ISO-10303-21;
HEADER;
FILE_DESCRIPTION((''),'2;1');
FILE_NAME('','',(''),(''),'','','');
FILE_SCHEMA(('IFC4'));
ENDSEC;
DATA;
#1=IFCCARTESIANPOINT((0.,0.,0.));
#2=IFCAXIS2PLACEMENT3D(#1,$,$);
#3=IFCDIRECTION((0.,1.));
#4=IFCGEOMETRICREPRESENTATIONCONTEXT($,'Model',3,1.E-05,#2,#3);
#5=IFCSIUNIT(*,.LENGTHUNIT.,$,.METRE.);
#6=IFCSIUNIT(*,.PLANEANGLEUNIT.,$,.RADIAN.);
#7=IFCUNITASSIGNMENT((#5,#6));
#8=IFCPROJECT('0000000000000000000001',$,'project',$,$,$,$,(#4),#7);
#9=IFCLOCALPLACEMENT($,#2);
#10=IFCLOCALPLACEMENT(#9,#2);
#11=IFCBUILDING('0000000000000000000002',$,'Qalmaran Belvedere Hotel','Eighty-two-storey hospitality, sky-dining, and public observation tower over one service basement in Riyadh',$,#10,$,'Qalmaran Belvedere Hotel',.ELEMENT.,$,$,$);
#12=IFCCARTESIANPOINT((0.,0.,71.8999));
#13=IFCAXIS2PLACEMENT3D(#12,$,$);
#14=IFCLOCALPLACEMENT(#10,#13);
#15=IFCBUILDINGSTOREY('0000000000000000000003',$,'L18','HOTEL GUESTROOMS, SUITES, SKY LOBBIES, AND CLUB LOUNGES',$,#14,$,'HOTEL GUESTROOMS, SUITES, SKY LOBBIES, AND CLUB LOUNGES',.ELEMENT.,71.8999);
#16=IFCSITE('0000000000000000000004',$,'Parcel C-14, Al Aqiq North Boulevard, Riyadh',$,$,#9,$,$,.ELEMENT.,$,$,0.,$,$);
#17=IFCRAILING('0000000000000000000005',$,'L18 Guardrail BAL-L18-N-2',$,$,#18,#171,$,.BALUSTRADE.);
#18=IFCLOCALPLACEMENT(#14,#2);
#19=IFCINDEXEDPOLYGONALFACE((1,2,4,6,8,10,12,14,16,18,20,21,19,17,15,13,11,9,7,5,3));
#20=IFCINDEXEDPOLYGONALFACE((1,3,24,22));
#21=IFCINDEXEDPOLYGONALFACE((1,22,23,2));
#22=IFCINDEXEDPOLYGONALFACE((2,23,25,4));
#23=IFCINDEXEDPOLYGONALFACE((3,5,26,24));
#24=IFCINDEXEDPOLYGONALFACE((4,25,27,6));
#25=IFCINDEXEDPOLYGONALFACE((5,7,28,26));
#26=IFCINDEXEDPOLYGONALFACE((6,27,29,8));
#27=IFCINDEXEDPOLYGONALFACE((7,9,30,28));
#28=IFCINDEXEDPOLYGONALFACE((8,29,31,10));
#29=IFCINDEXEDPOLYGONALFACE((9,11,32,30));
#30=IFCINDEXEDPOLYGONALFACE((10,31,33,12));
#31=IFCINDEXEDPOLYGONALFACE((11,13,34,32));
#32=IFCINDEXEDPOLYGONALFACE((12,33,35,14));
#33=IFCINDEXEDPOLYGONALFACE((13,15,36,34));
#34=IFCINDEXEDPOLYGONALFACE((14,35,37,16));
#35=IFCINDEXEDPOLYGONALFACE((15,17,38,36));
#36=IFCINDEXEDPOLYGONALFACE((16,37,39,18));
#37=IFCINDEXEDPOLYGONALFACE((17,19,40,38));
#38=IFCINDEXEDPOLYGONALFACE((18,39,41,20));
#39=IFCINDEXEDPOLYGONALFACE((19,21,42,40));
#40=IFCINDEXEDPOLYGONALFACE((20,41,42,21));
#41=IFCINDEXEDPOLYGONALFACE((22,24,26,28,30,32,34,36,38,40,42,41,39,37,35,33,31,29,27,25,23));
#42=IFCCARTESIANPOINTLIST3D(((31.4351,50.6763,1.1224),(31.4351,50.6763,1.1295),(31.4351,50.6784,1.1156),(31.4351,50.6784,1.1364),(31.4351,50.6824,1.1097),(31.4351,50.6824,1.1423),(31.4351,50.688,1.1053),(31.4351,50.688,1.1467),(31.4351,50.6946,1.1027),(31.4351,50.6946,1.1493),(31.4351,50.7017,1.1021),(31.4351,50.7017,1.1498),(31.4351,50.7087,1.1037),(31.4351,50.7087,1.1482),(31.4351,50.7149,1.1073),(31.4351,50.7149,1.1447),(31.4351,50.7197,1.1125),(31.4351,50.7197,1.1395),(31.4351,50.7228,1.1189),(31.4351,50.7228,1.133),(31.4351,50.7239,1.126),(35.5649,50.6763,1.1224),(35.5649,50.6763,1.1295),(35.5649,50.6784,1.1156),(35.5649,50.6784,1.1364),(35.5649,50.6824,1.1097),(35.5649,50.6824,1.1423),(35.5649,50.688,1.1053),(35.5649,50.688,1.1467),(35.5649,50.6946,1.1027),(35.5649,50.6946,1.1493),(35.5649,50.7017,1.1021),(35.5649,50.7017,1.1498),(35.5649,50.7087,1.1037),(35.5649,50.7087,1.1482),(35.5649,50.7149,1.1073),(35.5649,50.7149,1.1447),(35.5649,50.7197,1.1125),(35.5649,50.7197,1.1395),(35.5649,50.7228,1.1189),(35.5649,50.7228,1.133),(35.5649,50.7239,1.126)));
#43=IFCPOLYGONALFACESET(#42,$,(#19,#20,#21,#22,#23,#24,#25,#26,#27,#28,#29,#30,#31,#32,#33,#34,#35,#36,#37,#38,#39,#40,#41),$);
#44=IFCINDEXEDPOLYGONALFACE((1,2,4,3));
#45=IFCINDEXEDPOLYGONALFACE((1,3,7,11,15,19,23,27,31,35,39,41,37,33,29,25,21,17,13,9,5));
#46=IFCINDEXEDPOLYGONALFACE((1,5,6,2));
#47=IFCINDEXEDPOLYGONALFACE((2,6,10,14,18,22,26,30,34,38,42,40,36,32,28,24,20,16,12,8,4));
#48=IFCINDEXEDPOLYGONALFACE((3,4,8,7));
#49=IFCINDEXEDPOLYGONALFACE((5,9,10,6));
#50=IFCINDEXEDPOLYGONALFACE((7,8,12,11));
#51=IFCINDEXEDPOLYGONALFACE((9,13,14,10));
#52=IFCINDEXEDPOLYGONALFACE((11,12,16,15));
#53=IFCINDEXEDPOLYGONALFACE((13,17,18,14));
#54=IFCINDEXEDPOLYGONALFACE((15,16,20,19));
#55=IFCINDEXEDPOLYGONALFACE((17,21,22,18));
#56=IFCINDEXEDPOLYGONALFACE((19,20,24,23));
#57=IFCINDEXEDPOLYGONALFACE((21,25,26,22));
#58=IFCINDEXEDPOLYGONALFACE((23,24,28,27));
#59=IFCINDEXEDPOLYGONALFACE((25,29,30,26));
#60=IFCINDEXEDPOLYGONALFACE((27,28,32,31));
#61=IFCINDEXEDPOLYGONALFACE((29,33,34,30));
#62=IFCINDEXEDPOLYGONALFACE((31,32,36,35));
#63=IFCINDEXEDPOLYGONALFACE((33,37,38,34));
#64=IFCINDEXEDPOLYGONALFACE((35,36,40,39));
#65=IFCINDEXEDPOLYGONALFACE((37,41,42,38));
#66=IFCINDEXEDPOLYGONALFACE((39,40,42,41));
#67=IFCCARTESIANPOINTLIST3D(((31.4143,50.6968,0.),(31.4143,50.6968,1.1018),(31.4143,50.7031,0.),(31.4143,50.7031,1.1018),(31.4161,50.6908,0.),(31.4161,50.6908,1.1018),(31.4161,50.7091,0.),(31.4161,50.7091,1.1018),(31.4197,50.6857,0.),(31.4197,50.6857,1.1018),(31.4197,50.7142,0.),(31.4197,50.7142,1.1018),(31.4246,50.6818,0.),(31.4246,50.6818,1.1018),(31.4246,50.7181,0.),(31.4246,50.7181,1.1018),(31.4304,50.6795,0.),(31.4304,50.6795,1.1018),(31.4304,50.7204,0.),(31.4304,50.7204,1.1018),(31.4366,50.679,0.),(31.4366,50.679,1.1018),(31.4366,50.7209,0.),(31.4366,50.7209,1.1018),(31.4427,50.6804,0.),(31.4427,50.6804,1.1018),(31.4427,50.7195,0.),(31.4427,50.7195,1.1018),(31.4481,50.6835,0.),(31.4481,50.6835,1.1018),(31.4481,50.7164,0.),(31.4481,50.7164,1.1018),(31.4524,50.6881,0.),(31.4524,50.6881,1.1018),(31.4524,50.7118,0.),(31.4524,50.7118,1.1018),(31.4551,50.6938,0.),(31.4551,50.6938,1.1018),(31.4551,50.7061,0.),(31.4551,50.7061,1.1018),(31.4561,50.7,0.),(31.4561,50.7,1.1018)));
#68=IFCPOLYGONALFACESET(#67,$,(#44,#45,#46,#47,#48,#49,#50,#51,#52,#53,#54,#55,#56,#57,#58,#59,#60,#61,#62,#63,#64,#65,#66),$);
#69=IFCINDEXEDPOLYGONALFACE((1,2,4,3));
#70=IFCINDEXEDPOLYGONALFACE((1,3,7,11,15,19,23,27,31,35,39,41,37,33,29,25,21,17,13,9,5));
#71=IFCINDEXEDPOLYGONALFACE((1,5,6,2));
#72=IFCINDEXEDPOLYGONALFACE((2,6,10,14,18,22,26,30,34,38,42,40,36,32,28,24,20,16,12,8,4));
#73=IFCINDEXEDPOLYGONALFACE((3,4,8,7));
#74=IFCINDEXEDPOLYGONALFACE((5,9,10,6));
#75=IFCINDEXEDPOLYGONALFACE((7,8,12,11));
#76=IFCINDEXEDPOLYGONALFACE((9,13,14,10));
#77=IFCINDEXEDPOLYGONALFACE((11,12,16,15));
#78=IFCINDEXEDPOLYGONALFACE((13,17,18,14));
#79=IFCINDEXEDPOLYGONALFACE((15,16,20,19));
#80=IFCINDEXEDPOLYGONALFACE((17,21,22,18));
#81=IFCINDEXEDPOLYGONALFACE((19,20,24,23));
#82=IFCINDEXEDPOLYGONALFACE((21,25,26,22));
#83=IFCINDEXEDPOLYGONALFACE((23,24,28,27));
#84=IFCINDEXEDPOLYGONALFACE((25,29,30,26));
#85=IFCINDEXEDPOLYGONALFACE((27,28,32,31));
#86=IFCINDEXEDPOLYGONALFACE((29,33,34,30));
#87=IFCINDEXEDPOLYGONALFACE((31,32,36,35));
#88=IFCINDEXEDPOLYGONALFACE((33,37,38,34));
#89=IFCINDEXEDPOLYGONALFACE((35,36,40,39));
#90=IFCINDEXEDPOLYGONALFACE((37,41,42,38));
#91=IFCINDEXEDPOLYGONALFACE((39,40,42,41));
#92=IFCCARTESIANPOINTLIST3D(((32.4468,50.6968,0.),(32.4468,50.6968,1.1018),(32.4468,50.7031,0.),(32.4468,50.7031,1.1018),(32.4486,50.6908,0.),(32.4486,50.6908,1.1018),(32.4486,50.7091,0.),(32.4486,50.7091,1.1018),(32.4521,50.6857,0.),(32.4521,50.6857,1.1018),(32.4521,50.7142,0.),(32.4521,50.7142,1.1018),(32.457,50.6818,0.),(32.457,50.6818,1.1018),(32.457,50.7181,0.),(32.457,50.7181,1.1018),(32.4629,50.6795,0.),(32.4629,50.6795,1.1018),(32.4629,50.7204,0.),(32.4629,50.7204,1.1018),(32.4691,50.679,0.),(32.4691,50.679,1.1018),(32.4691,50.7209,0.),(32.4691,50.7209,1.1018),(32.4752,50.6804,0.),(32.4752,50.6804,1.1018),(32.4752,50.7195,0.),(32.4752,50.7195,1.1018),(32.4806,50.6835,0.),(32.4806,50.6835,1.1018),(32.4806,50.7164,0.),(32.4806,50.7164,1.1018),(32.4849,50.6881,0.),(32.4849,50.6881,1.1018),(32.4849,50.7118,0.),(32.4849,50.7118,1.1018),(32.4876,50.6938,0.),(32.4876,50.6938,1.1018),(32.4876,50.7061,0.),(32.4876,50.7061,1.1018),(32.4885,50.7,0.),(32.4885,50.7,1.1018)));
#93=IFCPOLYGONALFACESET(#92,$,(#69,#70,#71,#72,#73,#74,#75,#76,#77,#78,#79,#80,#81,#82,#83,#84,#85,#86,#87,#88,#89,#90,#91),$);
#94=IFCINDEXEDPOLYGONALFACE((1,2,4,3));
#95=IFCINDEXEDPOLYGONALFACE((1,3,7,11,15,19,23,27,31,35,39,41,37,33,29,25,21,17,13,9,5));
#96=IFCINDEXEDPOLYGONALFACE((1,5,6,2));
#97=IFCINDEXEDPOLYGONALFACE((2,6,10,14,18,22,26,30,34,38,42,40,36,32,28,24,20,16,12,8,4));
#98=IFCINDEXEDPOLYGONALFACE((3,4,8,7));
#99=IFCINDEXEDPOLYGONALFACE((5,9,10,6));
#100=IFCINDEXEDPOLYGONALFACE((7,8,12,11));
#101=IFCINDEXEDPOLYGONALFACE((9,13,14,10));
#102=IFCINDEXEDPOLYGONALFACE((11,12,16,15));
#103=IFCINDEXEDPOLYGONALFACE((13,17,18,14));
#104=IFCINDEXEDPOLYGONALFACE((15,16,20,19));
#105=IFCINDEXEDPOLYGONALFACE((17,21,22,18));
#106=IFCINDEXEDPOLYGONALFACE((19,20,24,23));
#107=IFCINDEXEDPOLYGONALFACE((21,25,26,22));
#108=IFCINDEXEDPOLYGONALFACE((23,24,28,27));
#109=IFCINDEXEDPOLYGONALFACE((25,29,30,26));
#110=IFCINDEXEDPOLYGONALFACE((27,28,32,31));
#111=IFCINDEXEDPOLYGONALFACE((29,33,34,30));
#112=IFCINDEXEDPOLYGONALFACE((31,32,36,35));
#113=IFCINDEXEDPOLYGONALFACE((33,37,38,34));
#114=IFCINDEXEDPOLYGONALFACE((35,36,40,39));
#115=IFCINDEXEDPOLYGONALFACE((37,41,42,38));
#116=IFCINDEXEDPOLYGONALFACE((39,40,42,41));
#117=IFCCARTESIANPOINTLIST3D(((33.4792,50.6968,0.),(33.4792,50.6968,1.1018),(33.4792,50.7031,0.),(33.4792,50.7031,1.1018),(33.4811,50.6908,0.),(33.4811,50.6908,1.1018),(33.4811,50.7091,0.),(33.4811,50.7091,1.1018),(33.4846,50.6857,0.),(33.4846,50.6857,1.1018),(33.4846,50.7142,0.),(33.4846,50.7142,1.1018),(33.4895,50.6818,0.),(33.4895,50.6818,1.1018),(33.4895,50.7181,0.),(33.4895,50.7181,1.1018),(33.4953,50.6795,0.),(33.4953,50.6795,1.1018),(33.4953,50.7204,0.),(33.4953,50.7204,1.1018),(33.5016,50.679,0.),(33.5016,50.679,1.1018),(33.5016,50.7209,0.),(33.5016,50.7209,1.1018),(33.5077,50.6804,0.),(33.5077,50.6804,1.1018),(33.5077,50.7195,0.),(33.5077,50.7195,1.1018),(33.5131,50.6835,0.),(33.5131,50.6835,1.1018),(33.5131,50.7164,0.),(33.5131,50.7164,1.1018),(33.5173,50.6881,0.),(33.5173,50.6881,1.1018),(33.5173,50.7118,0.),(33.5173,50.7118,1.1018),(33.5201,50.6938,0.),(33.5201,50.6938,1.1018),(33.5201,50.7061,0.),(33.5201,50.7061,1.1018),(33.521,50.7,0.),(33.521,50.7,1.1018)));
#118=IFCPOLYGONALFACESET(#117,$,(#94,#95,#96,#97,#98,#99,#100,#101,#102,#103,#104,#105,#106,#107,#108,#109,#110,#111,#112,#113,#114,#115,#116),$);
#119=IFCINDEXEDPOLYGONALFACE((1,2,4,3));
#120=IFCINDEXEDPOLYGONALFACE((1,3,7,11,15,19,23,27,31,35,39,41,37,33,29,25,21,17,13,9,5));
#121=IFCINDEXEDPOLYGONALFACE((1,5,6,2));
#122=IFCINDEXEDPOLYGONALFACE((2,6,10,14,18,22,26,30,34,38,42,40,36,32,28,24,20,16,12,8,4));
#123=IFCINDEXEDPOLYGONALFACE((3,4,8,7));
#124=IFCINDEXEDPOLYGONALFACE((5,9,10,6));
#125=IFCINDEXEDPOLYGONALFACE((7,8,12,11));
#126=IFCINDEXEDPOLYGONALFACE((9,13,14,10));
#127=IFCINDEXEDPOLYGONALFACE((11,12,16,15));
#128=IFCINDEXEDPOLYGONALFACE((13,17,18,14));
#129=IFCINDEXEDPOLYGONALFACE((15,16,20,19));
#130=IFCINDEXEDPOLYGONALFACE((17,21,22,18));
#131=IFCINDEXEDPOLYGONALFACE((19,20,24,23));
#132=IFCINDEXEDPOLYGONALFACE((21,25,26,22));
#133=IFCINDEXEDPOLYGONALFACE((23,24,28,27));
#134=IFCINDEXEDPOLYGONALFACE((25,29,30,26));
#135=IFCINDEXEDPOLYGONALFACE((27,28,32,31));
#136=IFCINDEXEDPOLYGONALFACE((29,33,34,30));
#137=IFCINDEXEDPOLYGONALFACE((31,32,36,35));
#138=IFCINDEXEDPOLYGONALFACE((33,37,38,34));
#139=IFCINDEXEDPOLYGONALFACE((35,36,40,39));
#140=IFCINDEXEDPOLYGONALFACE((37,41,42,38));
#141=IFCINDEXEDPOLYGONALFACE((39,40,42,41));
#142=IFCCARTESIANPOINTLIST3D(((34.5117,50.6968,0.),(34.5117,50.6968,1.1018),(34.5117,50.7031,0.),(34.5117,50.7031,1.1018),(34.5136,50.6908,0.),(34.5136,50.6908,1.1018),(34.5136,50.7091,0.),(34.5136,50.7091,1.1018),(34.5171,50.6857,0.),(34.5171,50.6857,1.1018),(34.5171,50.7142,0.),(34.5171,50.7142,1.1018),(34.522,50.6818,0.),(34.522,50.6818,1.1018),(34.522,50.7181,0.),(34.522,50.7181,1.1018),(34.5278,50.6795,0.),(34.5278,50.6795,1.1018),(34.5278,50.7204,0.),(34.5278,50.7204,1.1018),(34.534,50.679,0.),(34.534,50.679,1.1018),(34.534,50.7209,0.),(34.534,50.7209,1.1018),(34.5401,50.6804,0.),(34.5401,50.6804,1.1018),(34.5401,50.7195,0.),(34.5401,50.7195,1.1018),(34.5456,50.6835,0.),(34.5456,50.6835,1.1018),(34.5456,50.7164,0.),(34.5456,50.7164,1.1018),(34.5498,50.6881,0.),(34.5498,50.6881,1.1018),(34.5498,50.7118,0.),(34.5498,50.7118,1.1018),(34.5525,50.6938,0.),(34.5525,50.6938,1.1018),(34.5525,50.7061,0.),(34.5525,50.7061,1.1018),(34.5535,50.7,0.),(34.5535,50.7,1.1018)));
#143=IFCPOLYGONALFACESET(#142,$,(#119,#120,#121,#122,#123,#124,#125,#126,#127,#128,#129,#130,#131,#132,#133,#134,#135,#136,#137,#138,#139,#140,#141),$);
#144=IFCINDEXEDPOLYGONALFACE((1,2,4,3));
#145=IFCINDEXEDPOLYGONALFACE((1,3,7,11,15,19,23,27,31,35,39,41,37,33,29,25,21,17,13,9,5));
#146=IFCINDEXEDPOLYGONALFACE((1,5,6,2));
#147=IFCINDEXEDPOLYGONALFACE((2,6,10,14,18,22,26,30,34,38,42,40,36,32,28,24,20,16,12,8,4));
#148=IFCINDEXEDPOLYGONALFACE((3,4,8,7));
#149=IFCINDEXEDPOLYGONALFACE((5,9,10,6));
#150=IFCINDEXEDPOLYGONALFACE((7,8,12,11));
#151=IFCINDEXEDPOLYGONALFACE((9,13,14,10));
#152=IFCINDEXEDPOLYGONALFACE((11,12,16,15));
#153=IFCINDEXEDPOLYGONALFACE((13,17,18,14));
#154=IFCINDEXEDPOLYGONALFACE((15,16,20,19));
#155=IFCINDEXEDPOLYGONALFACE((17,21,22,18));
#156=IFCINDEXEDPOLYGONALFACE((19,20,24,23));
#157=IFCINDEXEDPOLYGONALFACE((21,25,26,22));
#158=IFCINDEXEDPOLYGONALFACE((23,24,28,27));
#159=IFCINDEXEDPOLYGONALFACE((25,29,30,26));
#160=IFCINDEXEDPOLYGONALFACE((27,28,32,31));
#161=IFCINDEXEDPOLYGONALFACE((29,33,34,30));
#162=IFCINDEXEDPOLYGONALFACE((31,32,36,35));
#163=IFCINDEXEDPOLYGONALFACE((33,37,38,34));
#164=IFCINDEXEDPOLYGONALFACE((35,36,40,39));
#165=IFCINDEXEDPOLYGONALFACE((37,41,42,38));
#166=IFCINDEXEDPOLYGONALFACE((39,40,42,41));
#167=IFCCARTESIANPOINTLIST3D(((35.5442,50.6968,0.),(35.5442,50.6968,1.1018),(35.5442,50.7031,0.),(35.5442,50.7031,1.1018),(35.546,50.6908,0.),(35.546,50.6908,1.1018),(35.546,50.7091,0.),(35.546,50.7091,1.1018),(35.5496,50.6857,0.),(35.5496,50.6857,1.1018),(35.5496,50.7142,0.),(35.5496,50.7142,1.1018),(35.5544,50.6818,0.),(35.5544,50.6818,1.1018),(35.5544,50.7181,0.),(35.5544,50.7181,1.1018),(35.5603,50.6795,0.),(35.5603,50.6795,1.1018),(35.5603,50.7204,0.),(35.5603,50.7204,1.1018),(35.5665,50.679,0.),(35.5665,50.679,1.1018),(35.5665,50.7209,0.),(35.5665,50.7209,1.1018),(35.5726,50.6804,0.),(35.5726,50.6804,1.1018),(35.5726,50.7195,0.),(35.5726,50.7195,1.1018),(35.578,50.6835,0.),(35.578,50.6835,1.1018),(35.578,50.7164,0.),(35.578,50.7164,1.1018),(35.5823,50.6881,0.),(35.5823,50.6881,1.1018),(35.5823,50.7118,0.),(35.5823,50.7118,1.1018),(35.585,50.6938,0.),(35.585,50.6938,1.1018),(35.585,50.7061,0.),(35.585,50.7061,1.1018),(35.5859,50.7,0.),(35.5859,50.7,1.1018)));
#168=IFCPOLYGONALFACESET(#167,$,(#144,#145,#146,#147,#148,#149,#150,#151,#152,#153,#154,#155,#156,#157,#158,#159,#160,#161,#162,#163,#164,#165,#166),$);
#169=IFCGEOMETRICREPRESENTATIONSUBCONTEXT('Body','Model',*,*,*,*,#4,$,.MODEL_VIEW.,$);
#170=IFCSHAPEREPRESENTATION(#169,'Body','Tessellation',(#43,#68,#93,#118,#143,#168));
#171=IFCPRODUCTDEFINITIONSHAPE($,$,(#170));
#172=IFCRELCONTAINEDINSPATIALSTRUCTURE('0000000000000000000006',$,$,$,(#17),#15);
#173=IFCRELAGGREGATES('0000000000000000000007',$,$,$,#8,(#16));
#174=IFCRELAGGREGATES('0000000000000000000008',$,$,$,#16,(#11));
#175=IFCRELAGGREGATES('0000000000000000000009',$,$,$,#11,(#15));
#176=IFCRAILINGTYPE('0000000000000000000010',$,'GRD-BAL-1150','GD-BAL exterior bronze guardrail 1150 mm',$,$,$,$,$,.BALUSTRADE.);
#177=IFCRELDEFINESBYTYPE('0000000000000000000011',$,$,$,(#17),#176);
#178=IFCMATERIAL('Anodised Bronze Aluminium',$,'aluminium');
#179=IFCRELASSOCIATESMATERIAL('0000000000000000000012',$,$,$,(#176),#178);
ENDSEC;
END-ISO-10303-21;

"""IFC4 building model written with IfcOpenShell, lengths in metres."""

from ifc_helpers import new_model, si_unit, direction, frame, origin, origin_2d, place, context, subcontext, project, spatial, circle, extrude, material, type_object, element, save


model = new_model("IFC4")

# Units and contexts
model_context = context("Model", 3, precision=1e-05, world=origin(), true_north=direction((0.0, 1.0)))
body_context = subcontext(model_context, "Body", "Model", "MODEL_VIEW")
ifc_project = project(units=[si_unit("LENGTHUNIT", "METRE"), si_unit("PLANEANGLEUNIT", "RADIAN")], contexts=[model_context])

# Site, building, storey
site_placement = place(None, origin())
site = spatial("IfcSite", under=ifc_project, at=site_placement, Name="Parcel C-14, Al Aqiq North Boulevard, Riyadh", CompositionType="ELEMENT", RefElevation=0.0)
building_placement = place(site_placement, origin())
building = spatial("IfcBuilding", under=site, at=building_placement, Name="Qalmaran Belvedere Hotel", Description="Eighty-two-storey hospitality, sky-dining, and public observation tower over one service basement in Riyadh", LongName="Qalmaran Belvedere Hotel", CompositionType="ELEMENT")
storey_placement = place(building_placement, frame((0.0, 0.0, 71.8999)))
storey = spatial("IfcBuildingStorey", under=building, at=storey_placement, Name="L18", Description="HOTEL GUESTROOMS, SUITES, SKY LOBBIES, AND CLUB LOUNGES", LongName="HOTEL GUESTROOMS, SUITES, SKY LOBBIES, AND CLUB LOUNGES", CompositionType="ELEMENT", Elevation=71.8999)

# Shared definitions
ifc_material_1 = material(Name="Anodised Bronze Aluminium", Category="aluminium")

# Railing
railing_type = type_object("IfcRailingType", Name="GRD-BAL-1150", Description="GD-BAL exterior bronze guardrail 1150 mm", PredefinedType="BALUSTRADE", material=ifc_material_1)
railing_1_placement = place(storey_placement, frame((31.4351, 50.7, 0.0)))
element("IfcRailing", 1, at=railing_1_placement, inside=storey, type_object=railing_type, Name="L18 Guardrail BAL-L18-N-2", PredefinedType="BALUSTRADE", context=body_context, shape_type="SweptSolid", body=[
    extrude(circle(Radius=0.0239, at=origin_2d()), frame((0.0, 0.0, 1.126), z_axis=(1.0, 0.0, 0.0), x_axis=(0.0, 1.0, 0.0)), (0.0, 0.0, 1.0), 4.1299),
    extrude(circle(Radius=0.021, at=origin_2d()), origin(), (0.0, 0.0, 1.0), 1.1018),
    extrude(circle(Radius=0.021, at=origin_2d()), frame((1.0325, 0.0, 0.0)), (0.0, 0.0, 1.0), 1.1018),
    extrude(circle(Radius=0.021, at=origin_2d()), frame((2.0649, 0.0, 0.0)), (0.0, 0.0, 1.0), 1.1018),
    extrude(circle(Radius=0.021, at=origin_2d()), frame((3.0974, 0.0, 0.0)), (0.0, 0.0, 1.0), 1.1018),
    extrude(circle(Radius=0.021, at=origin_2d()), frame((4.1299, 0.0, 0.0)), (0.0, 0.0, 1.0), 1.1018),
])

save(model, "model.ifc")
